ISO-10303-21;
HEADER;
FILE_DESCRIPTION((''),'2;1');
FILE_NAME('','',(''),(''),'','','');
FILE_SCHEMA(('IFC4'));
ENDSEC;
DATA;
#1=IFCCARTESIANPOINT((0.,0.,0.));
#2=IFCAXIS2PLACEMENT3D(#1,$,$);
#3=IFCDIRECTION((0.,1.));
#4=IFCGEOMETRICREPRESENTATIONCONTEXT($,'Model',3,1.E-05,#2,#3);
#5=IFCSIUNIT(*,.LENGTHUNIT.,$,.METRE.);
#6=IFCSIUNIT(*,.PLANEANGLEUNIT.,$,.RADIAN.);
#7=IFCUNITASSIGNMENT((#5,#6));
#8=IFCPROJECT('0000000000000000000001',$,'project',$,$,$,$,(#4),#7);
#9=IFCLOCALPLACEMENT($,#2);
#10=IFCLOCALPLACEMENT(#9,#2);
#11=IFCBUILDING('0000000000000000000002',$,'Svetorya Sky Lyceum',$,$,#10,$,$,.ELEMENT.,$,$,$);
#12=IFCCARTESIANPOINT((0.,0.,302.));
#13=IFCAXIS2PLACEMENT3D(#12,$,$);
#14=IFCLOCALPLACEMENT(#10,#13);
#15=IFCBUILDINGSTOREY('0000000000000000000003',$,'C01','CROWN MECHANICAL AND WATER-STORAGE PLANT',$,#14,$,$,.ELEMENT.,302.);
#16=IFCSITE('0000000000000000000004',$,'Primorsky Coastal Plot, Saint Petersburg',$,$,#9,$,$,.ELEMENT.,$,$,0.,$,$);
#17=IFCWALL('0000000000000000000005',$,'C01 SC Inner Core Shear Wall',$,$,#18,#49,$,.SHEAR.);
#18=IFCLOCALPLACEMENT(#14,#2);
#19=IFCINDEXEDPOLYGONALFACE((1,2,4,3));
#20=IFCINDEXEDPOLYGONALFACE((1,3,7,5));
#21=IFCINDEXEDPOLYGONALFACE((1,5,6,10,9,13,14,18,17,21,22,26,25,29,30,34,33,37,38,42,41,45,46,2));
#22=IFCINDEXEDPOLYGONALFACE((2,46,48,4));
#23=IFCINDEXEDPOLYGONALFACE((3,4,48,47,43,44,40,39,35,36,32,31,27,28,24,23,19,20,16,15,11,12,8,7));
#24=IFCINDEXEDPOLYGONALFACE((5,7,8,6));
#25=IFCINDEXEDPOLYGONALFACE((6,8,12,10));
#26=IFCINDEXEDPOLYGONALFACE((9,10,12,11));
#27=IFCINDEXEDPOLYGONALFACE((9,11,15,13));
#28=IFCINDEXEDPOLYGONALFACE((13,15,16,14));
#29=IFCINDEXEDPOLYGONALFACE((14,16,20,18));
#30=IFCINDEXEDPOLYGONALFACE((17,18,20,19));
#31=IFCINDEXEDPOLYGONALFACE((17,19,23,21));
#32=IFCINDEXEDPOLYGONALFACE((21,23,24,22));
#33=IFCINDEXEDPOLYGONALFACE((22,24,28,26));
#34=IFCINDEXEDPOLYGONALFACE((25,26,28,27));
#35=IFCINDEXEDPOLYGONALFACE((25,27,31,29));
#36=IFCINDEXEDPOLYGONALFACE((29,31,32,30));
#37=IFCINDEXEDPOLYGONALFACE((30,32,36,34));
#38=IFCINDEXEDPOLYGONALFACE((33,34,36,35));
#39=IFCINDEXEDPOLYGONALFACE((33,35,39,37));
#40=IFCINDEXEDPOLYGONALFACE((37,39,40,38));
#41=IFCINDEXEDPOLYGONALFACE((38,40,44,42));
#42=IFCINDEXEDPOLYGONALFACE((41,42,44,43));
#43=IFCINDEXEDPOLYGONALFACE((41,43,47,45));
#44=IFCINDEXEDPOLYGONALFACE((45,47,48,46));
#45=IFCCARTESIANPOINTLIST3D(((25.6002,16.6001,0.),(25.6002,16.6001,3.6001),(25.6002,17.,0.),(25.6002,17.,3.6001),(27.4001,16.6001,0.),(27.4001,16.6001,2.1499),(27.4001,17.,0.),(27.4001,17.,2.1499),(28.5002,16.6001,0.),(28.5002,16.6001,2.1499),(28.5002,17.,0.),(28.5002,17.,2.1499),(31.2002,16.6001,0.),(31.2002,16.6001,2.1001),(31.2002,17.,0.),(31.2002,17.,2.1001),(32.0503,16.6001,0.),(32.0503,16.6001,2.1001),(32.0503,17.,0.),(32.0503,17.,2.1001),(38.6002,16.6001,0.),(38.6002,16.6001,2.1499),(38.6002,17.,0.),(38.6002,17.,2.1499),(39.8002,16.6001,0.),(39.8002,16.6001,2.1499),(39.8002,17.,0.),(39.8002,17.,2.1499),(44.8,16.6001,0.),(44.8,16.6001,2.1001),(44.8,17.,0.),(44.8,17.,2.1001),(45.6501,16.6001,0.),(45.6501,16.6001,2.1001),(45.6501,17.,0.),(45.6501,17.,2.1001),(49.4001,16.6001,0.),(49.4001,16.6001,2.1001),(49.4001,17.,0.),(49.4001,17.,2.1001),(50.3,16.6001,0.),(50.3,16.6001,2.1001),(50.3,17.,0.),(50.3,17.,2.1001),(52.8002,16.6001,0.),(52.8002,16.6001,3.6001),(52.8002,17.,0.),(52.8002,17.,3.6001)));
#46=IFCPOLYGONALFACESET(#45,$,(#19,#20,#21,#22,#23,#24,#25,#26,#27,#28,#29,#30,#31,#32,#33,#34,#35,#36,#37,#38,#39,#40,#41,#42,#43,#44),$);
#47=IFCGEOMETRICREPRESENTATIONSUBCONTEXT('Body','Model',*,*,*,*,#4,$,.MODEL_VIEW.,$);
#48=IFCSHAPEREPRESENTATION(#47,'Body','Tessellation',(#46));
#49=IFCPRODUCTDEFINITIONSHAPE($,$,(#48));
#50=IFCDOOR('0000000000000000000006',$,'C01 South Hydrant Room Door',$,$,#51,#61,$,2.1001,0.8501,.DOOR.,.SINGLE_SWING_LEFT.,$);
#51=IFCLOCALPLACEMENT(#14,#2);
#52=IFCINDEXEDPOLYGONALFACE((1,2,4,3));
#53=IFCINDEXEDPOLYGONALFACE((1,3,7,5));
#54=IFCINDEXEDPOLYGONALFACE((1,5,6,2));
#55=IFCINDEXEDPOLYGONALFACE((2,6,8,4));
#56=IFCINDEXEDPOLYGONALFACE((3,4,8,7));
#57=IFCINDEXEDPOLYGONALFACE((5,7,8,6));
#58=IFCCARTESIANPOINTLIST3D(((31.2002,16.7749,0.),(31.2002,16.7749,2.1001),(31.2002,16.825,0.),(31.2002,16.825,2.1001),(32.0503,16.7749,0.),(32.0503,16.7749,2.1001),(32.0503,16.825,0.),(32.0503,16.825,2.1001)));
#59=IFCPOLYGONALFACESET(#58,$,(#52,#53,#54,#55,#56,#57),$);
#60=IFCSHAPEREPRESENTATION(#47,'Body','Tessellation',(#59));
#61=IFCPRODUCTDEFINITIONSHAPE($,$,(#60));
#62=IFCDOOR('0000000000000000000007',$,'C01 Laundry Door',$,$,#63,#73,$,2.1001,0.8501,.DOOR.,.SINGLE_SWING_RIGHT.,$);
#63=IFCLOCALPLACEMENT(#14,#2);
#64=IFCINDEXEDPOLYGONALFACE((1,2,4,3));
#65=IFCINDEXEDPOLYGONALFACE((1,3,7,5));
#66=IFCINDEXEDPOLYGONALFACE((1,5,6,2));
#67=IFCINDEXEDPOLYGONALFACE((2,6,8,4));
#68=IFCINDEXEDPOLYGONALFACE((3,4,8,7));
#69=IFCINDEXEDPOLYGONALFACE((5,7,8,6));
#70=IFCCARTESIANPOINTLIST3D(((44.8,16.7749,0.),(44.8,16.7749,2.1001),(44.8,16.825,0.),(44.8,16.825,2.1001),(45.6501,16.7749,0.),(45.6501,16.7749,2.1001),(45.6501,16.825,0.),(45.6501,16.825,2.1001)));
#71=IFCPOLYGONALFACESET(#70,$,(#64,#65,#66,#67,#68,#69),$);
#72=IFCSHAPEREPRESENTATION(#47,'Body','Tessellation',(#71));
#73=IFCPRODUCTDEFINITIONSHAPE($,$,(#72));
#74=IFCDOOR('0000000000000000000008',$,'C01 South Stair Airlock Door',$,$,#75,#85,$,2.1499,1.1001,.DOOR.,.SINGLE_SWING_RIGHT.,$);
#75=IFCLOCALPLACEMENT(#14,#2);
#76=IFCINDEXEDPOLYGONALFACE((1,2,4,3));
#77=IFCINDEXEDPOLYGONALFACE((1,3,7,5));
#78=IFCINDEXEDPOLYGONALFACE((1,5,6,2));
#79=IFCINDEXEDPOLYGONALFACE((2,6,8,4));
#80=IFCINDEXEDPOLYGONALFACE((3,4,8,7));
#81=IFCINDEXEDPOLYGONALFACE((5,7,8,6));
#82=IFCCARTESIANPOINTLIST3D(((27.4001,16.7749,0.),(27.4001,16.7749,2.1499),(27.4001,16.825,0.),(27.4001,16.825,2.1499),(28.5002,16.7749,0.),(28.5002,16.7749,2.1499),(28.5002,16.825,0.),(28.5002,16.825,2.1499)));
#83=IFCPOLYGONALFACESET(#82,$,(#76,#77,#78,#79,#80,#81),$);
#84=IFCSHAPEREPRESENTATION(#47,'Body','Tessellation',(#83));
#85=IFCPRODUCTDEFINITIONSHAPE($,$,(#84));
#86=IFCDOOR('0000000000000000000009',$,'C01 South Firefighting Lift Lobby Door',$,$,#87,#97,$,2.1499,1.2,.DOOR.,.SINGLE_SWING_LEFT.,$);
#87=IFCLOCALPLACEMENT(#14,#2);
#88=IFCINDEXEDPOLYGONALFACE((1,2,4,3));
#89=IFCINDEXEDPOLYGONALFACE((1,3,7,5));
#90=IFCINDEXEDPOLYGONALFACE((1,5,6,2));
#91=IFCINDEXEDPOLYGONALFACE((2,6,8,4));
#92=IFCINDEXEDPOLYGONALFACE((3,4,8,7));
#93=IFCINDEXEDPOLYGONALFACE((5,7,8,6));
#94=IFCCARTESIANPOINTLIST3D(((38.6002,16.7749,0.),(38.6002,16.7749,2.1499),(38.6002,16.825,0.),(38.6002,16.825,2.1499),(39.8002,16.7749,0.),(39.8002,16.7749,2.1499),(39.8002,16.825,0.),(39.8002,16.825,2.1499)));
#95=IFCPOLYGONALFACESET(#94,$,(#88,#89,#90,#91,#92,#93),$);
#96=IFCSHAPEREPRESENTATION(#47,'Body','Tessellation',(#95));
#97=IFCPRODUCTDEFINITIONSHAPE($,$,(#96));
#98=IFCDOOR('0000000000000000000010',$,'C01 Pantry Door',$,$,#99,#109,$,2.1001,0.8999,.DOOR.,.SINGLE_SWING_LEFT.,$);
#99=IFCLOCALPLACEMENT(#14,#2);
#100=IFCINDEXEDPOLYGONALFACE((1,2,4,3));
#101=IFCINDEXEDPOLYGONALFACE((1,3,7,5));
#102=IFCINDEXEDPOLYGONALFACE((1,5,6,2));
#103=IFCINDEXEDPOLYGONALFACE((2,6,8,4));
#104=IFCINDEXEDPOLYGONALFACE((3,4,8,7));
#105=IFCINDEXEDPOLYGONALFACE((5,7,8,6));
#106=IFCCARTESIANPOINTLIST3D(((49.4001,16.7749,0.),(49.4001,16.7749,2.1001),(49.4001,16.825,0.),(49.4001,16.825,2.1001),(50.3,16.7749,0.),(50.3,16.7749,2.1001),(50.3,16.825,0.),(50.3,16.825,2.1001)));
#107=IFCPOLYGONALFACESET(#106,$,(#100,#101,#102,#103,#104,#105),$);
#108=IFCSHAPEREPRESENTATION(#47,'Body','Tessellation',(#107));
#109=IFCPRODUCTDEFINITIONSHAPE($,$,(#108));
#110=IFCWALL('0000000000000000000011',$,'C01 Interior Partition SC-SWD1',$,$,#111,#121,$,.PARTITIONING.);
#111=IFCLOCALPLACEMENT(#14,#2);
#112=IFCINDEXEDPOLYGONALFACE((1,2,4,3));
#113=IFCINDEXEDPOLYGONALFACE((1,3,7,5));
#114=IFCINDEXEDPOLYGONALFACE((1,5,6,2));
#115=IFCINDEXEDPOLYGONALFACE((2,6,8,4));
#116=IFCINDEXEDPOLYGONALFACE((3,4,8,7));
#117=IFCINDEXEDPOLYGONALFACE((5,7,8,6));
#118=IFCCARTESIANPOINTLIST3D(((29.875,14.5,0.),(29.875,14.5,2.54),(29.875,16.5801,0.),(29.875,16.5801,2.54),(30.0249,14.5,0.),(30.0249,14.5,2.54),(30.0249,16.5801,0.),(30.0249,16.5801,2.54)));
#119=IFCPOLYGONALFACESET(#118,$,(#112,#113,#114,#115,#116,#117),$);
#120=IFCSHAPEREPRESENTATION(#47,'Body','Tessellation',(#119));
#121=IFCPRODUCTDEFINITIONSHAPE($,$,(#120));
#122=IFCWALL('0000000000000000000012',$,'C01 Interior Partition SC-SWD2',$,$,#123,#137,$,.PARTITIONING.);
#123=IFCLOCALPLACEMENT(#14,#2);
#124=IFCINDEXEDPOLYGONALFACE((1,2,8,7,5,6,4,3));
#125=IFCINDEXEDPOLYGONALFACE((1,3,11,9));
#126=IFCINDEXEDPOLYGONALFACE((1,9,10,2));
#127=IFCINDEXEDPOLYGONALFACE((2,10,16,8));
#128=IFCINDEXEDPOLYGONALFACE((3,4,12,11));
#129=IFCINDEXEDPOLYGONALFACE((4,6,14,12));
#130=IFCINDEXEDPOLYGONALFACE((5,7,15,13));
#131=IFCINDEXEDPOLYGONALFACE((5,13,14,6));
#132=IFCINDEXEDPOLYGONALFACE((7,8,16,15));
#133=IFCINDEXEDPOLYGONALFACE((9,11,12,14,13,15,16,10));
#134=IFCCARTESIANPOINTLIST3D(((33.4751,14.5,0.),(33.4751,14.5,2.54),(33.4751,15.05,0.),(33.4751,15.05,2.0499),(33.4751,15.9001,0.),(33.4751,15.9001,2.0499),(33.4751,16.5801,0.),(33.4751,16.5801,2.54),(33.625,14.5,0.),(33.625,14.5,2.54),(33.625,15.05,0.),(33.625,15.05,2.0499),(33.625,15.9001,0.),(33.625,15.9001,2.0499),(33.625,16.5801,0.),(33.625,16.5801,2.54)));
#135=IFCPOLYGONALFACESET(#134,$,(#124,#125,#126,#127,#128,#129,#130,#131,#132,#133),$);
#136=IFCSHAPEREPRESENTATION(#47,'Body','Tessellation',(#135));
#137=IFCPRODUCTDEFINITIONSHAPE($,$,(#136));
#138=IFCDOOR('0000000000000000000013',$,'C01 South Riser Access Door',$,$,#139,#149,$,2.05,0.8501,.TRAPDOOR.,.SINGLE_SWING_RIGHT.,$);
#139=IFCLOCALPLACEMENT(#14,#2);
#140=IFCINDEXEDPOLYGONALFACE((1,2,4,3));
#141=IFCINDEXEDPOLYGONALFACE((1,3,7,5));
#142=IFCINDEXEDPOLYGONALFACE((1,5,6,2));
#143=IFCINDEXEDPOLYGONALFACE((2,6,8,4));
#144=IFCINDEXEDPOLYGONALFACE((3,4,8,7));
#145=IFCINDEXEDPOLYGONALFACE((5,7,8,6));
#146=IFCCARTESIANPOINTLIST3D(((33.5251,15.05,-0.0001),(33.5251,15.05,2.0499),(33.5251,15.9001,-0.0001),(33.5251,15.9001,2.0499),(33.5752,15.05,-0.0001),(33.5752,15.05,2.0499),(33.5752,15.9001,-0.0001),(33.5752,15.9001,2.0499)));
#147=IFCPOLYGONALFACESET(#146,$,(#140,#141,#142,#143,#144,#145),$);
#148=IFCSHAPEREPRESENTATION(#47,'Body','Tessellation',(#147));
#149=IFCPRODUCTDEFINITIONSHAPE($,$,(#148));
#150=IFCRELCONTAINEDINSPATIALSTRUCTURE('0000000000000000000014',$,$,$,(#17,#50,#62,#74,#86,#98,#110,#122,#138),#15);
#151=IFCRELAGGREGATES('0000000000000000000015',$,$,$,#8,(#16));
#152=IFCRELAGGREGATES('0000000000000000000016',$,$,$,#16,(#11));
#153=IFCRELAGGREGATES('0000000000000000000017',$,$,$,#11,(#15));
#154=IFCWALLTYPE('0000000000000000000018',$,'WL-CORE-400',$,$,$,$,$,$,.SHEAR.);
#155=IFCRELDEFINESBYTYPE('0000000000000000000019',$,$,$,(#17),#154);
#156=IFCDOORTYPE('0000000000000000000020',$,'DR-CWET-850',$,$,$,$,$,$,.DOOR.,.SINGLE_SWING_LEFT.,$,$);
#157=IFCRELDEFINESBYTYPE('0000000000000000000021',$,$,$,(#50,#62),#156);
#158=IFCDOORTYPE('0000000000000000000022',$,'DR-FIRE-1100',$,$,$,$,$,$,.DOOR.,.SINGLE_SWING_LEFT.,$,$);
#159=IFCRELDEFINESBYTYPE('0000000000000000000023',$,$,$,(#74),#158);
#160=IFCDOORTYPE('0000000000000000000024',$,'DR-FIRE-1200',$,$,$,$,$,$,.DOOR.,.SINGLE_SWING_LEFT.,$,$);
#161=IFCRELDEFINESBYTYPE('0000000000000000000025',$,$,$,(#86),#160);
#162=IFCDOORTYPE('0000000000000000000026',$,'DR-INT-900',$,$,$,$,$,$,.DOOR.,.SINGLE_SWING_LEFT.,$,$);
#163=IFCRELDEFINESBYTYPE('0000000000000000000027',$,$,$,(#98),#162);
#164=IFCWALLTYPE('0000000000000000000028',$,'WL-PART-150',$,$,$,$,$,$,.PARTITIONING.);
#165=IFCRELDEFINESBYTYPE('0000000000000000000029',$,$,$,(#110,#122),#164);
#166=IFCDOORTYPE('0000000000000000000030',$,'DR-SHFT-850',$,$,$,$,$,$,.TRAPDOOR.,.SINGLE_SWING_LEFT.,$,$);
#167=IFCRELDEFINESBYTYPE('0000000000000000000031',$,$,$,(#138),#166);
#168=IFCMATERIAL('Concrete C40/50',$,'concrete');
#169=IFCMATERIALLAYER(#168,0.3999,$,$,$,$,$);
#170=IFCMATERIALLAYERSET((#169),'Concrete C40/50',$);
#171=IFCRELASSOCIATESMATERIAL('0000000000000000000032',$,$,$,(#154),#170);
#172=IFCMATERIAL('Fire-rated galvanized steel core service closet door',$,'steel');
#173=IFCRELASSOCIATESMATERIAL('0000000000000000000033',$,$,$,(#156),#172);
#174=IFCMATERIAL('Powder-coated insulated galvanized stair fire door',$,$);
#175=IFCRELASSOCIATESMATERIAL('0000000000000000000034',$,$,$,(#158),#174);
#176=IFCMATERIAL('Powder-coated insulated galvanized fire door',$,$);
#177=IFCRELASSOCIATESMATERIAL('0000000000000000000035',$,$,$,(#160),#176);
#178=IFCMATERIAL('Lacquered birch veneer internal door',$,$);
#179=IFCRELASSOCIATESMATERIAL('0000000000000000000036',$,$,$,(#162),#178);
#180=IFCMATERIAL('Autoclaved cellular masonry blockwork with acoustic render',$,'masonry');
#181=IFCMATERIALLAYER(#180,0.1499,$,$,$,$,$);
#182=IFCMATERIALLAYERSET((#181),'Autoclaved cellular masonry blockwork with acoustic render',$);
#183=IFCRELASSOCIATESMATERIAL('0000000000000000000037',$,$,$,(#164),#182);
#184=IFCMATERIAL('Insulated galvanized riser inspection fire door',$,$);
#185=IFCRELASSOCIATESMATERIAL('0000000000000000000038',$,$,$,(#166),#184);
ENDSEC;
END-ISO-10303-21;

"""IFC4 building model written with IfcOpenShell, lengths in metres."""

from ifc_helpers import new_model, si_unit, direction, frame, frame_2d, origin, place, context, subcontext, project, spatial, rectangle, extrude, material, layer, layer_set, type_object, element, fill, save


model = new_model("IFC4")

# Units and contexts
model_context = context("Model", 3, precision=1e-05, world=origin(), true_north=direction((0.0, 1.0)))
body_context = subcontext(model_context, "Body", "Model", "MODEL_VIEW")
ifc_project = project(units=[si_unit("LENGTHUNIT", "METRE"), si_unit("PLANEANGLEUNIT", "RADIAN")], contexts=[model_context])

# Site, building, storey
site_placement = place(None, origin())
site = spatial("IfcSite", under=ifc_project, at=site_placement, Name="Primorsky Coastal Plot, Saint Petersburg", CompositionType="ELEMENT", RefElevation=0.0)
building_placement = place(site_placement, origin())
building = spatial("IfcBuilding", under=site, at=building_placement, Name="Svetorya Sky Lyceum", CompositionType="ELEMENT")
storey_placement = place(building_placement, frame((0.0, 0.0, 302.0)))
storey = spatial("IfcBuildingStorey", under=building, at=storey_placement, Name="C01", Description="CROWN MECHANICAL AND WATER-STORAGE PLANT", CompositionType="ELEMENT", Elevation=302.0)

# Shared definitions
ifc_material_1 = material(Name="Concrete C40/50", Category="concrete")

# Wall, openings, doors
ifc_layer_1 = layer(ifc_material_1, 0.3999)
ifc_layer_set_1 = layer_set([ifc_layer_1], Name="Concrete C40/50")
wall_type_1 = type_object("IfcWallType", Name="WL-CORE-400", PredefinedType="SHEAR", material=ifc_layer_set_1)
wall_1_placement = place(storey_placement, frame((25.6001, 16.8, 0.0), z_axis=(0.0, 0.0, 1.0), x_axis=(1.0, 0.0, 0.0)))
wall_1 = element("IfcWall", 1, at=wall_1_placement, inside=storey, type_object=wall_type_1, Name="C01 SC Inner Core Shear Wall", PredefinedType="SHEAR", context=body_context, shape_type="SweptSolid", body=[
    extrude(rectangle(XDim=27.2, YDim=0.3999, at=frame_2d((13.6001, 0.0))), origin(), (0.0, 0.0, 1.0), 3.6001),
])
opening_1_placement = place(wall_1_placement, frame((1.8, 0.0, 0.0)))
opening_1 = element("IfcOpeningElement", 2, at=opening_1_placement, cuts=wall_1, PredefinedType="OPENING", context=body_context, shape_type="SweptSolid", body=[
    extrude(rectangle(XDim=1.1001, YDim=2.1499, at=frame_2d((0.55, 1.075))), frame((0.0, 0.21, 0.0), z_axis=(0.0, -1.0, 0.0), x_axis=(1.0, 0.0, 0.0)), (0.0, 0.0, 1.0), 0.4199),
])
opening_2_placement = place(wall_1_placement, frame((5.6001, 0.0, 0.0)))
opening_2 = element("IfcOpeningElement", 3, at=opening_2_placement, cuts=wall_1, PredefinedType="OPENING", context=body_context, shape_type="SweptSolid", body=[
    extrude(rectangle(XDim=0.8501, YDim=2.1001, at=frame_2d((0.425, 1.05))), frame((0.0, 0.21, 0.0), z_axis=(0.0, -1.0, 0.0), x_axis=(1.0, 0.0, 0.0)), (0.0, 0.0, 1.0), 0.4199),
])
opening_3_placement = place(wall_1_placement, frame((13.0, 0.0, 0.0)))
opening_3 = element("IfcOpeningElement", 4, at=opening_3_placement, cuts=wall_1, PredefinedType="OPENING", context=body_context, shape_type="SweptSolid", body=[
    extrude(rectangle(XDim=1.2, YDim=2.1499, at=frame_2d((0.6001, 1.075))), frame((0.0, 0.21, 0.0), z_axis=(0.0, -1.0, 0.0), x_axis=(1.0, 0.0, 0.0)), (0.0, 0.0, 1.0), 0.4199),
])
opening_4_placement = place(wall_1_placement, frame((19.2, 0.0, 0.0)))
opening_4 = element("IfcOpeningElement", 5, at=opening_4_placement, cuts=wall_1, PredefinedType="OPENING", context=body_context, shape_type="SweptSolid", body=[
    extrude(rectangle(XDim=0.8501, YDim=2.1001, at=frame_2d((0.425, 1.05))), frame((0.0, 0.21, 0.0), z_axis=(0.0, -1.0, 0.0), x_axis=(1.0, 0.0, 0.0)), (0.0, 0.0, 1.0), 0.4199),
])
opening_5_placement = place(wall_1_placement, frame((23.8, 0.0, 0.0)))
opening_5 = element("IfcOpeningElement", 6, at=opening_5_placement, cuts=wall_1, PredefinedType="OPENING", context=body_context, shape_type="SweptSolid", body=[
    extrude(rectangle(XDim=0.8999, YDim=2.1001, at=frame_2d((0.45, 1.05))), frame((0.0, 0.21, 0.0), z_axis=(0.0, -1.0, 0.0), x_axis=(1.0, 0.0, 0.0)), (0.0, 0.0, 1.0), 0.4199),
])
ifc_material_2 = material(Name="Fire-rated galvanized steel core service closet door", Category="steel")
door_type_1 = type_object("IfcDoorType", Name="DR-CWET-850", OperationType="SINGLE_SWING_LEFT", PredefinedType="DOOR", material=ifc_material_2)
door_1_placement = place(opening_2_placement, origin())
door_1 = element("IfcDoor", 7, at=door_1_placement, inside=storey, type_object=door_type_1, Name="C01 South Hydrant Room Door", OperationType="SINGLE_SWING_LEFT", OverallHeight=2.1001, OverallWidth=0.8501, PredefinedType="DOOR", context=body_context, shape_type="SweptSolid", body=[
    extrude(rectangle(XDim=0.8501, YDim=2.1001, at=frame_2d((0.425, 1.05))), frame((0.0, 0.0249, 0.0), z_axis=(0.0, -1.0, 0.0), x_axis=(1.0, 0.0, 0.0)), (0.0, 0.0, 1.0), 0.05),
])
fill(opening_2, door_1)
door_2_placement = place(opening_4_placement, origin())
door_2 = element("IfcDoor", 8, at=door_2_placement, inside=storey, type_object=door_type_1, Name="C01 Laundry Door", OperationType="SINGLE_SWING_RIGHT", OverallHeight=2.1001, OverallWidth=0.8501, PredefinedType="DOOR", context=body_context, shape_type="SweptSolid", body=[
    extrude(rectangle(XDim=0.8501, YDim=2.1001, at=frame_2d((0.425, 1.05))), frame((0.0, 0.0249, 0.0), z_axis=(0.0, -1.0, 0.0), x_axis=(1.0, 0.0, 0.0)), (0.0, 0.0, 1.0), 0.05),
])
fill(opening_4, door_2)
ifc_material_3 = material(Name="Powder-coated insulated galvanized stair fire door")
door_type_2 = type_object("IfcDoorType", Name="DR-FIRE-1100", OperationType="SINGLE_SWING_LEFT", PredefinedType="DOOR", material=ifc_material_3)
door_3_placement = place(opening_1_placement, origin())
door_3 = element("IfcDoor", 9, at=door_3_placement, inside=storey, type_object=door_type_2, Name="C01 South Stair Airlock Door", OperationType="SINGLE_SWING_RIGHT", OverallHeight=2.1499, OverallWidth=1.1001, PredefinedType="DOOR", context=body_context, shape_type="SweptSolid", body=[
    extrude(rectangle(XDim=1.1001, YDim=2.1499, at=frame_2d((0.55, 1.075))), frame((0.0, 0.0249, 0.0), z_axis=(0.0, -1.0, 0.0), x_axis=(1.0, 0.0, 0.0)), (0.0, 0.0, 1.0), 0.05),
])
fill(opening_1, door_3)
ifc_material_4 = material(Name="Powder-coated insulated galvanized fire door")
door_type_3 = type_object("IfcDoorType", Name="DR-FIRE-1200", OperationType="SINGLE_SWING_LEFT", PredefinedType="DOOR", material=ifc_material_4)
door_4_placement = place(opening_3_placement, origin())
door_4 = element("IfcDoor", 10, at=door_4_placement, inside=storey, type_object=door_type_3, Name="C01 South Firefighting Lift Lobby Door", OperationType="SINGLE_SWING_LEFT", OverallHeight=2.1499, OverallWidth=1.2, PredefinedType="DOOR", context=body_context, shape_type="SweptSolid", body=[
    extrude(rectangle(XDim=1.2, YDim=2.1499, at=frame_2d((0.6001, 1.075))), frame((0.0, 0.0249, 0.0), z_axis=(0.0, -1.0, 0.0), x_axis=(1.0, 0.0, 0.0)), (0.0, 0.0, 1.0), 0.05),
])
fill(opening_3, door_4)
ifc_material_5 = material(Name="Lacquered birch veneer internal door")
door_type_4 = type_object("IfcDoorType", Name="DR-INT-900", OperationType="SINGLE_SWING_LEFT", PredefinedType="DOOR", material=ifc_material_5)
door_5_placement = place(opening_5_placement, origin())
door_5 = element("IfcDoor", 11, at=door_5_placement, inside=storey, type_object=door_type_4, Name="C01 Pantry Door", OperationType="SINGLE_SWING_LEFT", OverallHeight=2.1001, OverallWidth=0.8999, PredefinedType="DOOR", context=body_context, shape_type="SweptSolid", body=[
    extrude(rectangle(XDim=0.8999, YDim=2.1001, at=frame_2d((0.45, 1.05))), frame((0.0, 0.0249, 0.0), z_axis=(0.0, -1.0, 0.0), x_axis=(1.0, 0.0, 0.0)), (0.0, 0.0, 1.0), 0.05),
])
fill(opening_5, door_5)

# Wall
ifc_material_6 = material(Name="Autoclaved cellular masonry blockwork with acoustic render", Category="masonry")
ifc_layer_2 = layer(ifc_material_6, 0.1499)
ifc_layer_set_2 = layer_set([ifc_layer_2], Name="Autoclaved cellular masonry blockwork with acoustic render")
wall_type_2 = type_object("IfcWallType", Name="WL-PART-150", PredefinedType="PARTITIONING", material=ifc_layer_set_2)
wall_2_placement = place(storey_placement, frame((29.95, 14.5, 0.0), z_axis=(0.0, 0.0, 1.0), x_axis=(0.0, 1.0, 0.0)))
element("IfcWall", 12, at=wall_2_placement, inside=storey, type_object=wall_type_2, Name="C01 Interior Partition SC-SWD1", PredefinedType="PARTITIONING", context=body_context, shape_type="SweptSolid", body=[
    extrude(rectangle(XDim=2.0801, YDim=0.1499, at=frame_2d((1.04, 0.0))), origin(), (0.0, 0.0, 1.0), 2.54),
])

# Wall, opening, door
wall_3_placement = place(storey_placement, frame((33.55, 14.5, 0.0), z_axis=(0.0, 0.0, 1.0), x_axis=(0.0, 1.0, 0.0)))
wall_3 = element("IfcWall", 13, at=wall_3_placement, inside=storey, type_object=wall_type_2, Name="C01 Interior Partition SC-SWD2", PredefinedType="PARTITIONING", context=body_context, shape_type="SweptSolid", body=[
    extrude(rectangle(XDim=2.0801, YDim=0.1499, at=frame_2d((1.04, 0.0))), origin(), (0.0, 0.0, 1.0), 2.54),
])
opening_6_placement = place(wall_3_placement, frame((0.55, 0.0, 0.0)))
opening_6 = element("IfcOpeningElement", 14, at=opening_6_placement, cuts=wall_3, PredefinedType="OPENING", context=body_context, shape_type="SweptSolid", body=[
    extrude(rectangle(XDim=0.8501, YDim=2.05, at=frame_2d((0.425, 1.0249))), frame((0.0, 0.085, 0.0), z_axis=(0.0, -1.0, 0.0), x_axis=(1.0, 0.0, 0.0)), (0.0, 0.0, 1.0), 0.1699),
])
ifc_material_7 = material(Name="Insulated galvanized riser inspection fire door")
door_type_5 = type_object("IfcDoorType", Name="DR-SHFT-850", OperationType="SINGLE_SWING_LEFT", PredefinedType="TRAPDOOR", material=ifc_material_7)
door_6_placement = place(opening_6_placement, origin())
door_6 = element("IfcDoor", 15, at=door_6_placement, inside=storey, type_object=door_type_5, Name="C01 South Riser Access Door", OperationType="SINGLE_SWING_RIGHT", OverallHeight=2.05, OverallWidth=0.8501, PredefinedType="TRAPDOOR", context=body_context, shape_type="SweptSolid", body=[
    extrude(rectangle(XDim=0.8501, YDim=2.05, at=frame_2d((0.425, 1.0249))), frame((0.0, 0.0249, 0.0), z_axis=(0.0, -1.0, 0.0), x_axis=(1.0, 0.0, 0.0)), (0.0, 0.0, 1.0), 0.05),
])
fill(opening_6, door_6)

save(model, "model.ifc")
